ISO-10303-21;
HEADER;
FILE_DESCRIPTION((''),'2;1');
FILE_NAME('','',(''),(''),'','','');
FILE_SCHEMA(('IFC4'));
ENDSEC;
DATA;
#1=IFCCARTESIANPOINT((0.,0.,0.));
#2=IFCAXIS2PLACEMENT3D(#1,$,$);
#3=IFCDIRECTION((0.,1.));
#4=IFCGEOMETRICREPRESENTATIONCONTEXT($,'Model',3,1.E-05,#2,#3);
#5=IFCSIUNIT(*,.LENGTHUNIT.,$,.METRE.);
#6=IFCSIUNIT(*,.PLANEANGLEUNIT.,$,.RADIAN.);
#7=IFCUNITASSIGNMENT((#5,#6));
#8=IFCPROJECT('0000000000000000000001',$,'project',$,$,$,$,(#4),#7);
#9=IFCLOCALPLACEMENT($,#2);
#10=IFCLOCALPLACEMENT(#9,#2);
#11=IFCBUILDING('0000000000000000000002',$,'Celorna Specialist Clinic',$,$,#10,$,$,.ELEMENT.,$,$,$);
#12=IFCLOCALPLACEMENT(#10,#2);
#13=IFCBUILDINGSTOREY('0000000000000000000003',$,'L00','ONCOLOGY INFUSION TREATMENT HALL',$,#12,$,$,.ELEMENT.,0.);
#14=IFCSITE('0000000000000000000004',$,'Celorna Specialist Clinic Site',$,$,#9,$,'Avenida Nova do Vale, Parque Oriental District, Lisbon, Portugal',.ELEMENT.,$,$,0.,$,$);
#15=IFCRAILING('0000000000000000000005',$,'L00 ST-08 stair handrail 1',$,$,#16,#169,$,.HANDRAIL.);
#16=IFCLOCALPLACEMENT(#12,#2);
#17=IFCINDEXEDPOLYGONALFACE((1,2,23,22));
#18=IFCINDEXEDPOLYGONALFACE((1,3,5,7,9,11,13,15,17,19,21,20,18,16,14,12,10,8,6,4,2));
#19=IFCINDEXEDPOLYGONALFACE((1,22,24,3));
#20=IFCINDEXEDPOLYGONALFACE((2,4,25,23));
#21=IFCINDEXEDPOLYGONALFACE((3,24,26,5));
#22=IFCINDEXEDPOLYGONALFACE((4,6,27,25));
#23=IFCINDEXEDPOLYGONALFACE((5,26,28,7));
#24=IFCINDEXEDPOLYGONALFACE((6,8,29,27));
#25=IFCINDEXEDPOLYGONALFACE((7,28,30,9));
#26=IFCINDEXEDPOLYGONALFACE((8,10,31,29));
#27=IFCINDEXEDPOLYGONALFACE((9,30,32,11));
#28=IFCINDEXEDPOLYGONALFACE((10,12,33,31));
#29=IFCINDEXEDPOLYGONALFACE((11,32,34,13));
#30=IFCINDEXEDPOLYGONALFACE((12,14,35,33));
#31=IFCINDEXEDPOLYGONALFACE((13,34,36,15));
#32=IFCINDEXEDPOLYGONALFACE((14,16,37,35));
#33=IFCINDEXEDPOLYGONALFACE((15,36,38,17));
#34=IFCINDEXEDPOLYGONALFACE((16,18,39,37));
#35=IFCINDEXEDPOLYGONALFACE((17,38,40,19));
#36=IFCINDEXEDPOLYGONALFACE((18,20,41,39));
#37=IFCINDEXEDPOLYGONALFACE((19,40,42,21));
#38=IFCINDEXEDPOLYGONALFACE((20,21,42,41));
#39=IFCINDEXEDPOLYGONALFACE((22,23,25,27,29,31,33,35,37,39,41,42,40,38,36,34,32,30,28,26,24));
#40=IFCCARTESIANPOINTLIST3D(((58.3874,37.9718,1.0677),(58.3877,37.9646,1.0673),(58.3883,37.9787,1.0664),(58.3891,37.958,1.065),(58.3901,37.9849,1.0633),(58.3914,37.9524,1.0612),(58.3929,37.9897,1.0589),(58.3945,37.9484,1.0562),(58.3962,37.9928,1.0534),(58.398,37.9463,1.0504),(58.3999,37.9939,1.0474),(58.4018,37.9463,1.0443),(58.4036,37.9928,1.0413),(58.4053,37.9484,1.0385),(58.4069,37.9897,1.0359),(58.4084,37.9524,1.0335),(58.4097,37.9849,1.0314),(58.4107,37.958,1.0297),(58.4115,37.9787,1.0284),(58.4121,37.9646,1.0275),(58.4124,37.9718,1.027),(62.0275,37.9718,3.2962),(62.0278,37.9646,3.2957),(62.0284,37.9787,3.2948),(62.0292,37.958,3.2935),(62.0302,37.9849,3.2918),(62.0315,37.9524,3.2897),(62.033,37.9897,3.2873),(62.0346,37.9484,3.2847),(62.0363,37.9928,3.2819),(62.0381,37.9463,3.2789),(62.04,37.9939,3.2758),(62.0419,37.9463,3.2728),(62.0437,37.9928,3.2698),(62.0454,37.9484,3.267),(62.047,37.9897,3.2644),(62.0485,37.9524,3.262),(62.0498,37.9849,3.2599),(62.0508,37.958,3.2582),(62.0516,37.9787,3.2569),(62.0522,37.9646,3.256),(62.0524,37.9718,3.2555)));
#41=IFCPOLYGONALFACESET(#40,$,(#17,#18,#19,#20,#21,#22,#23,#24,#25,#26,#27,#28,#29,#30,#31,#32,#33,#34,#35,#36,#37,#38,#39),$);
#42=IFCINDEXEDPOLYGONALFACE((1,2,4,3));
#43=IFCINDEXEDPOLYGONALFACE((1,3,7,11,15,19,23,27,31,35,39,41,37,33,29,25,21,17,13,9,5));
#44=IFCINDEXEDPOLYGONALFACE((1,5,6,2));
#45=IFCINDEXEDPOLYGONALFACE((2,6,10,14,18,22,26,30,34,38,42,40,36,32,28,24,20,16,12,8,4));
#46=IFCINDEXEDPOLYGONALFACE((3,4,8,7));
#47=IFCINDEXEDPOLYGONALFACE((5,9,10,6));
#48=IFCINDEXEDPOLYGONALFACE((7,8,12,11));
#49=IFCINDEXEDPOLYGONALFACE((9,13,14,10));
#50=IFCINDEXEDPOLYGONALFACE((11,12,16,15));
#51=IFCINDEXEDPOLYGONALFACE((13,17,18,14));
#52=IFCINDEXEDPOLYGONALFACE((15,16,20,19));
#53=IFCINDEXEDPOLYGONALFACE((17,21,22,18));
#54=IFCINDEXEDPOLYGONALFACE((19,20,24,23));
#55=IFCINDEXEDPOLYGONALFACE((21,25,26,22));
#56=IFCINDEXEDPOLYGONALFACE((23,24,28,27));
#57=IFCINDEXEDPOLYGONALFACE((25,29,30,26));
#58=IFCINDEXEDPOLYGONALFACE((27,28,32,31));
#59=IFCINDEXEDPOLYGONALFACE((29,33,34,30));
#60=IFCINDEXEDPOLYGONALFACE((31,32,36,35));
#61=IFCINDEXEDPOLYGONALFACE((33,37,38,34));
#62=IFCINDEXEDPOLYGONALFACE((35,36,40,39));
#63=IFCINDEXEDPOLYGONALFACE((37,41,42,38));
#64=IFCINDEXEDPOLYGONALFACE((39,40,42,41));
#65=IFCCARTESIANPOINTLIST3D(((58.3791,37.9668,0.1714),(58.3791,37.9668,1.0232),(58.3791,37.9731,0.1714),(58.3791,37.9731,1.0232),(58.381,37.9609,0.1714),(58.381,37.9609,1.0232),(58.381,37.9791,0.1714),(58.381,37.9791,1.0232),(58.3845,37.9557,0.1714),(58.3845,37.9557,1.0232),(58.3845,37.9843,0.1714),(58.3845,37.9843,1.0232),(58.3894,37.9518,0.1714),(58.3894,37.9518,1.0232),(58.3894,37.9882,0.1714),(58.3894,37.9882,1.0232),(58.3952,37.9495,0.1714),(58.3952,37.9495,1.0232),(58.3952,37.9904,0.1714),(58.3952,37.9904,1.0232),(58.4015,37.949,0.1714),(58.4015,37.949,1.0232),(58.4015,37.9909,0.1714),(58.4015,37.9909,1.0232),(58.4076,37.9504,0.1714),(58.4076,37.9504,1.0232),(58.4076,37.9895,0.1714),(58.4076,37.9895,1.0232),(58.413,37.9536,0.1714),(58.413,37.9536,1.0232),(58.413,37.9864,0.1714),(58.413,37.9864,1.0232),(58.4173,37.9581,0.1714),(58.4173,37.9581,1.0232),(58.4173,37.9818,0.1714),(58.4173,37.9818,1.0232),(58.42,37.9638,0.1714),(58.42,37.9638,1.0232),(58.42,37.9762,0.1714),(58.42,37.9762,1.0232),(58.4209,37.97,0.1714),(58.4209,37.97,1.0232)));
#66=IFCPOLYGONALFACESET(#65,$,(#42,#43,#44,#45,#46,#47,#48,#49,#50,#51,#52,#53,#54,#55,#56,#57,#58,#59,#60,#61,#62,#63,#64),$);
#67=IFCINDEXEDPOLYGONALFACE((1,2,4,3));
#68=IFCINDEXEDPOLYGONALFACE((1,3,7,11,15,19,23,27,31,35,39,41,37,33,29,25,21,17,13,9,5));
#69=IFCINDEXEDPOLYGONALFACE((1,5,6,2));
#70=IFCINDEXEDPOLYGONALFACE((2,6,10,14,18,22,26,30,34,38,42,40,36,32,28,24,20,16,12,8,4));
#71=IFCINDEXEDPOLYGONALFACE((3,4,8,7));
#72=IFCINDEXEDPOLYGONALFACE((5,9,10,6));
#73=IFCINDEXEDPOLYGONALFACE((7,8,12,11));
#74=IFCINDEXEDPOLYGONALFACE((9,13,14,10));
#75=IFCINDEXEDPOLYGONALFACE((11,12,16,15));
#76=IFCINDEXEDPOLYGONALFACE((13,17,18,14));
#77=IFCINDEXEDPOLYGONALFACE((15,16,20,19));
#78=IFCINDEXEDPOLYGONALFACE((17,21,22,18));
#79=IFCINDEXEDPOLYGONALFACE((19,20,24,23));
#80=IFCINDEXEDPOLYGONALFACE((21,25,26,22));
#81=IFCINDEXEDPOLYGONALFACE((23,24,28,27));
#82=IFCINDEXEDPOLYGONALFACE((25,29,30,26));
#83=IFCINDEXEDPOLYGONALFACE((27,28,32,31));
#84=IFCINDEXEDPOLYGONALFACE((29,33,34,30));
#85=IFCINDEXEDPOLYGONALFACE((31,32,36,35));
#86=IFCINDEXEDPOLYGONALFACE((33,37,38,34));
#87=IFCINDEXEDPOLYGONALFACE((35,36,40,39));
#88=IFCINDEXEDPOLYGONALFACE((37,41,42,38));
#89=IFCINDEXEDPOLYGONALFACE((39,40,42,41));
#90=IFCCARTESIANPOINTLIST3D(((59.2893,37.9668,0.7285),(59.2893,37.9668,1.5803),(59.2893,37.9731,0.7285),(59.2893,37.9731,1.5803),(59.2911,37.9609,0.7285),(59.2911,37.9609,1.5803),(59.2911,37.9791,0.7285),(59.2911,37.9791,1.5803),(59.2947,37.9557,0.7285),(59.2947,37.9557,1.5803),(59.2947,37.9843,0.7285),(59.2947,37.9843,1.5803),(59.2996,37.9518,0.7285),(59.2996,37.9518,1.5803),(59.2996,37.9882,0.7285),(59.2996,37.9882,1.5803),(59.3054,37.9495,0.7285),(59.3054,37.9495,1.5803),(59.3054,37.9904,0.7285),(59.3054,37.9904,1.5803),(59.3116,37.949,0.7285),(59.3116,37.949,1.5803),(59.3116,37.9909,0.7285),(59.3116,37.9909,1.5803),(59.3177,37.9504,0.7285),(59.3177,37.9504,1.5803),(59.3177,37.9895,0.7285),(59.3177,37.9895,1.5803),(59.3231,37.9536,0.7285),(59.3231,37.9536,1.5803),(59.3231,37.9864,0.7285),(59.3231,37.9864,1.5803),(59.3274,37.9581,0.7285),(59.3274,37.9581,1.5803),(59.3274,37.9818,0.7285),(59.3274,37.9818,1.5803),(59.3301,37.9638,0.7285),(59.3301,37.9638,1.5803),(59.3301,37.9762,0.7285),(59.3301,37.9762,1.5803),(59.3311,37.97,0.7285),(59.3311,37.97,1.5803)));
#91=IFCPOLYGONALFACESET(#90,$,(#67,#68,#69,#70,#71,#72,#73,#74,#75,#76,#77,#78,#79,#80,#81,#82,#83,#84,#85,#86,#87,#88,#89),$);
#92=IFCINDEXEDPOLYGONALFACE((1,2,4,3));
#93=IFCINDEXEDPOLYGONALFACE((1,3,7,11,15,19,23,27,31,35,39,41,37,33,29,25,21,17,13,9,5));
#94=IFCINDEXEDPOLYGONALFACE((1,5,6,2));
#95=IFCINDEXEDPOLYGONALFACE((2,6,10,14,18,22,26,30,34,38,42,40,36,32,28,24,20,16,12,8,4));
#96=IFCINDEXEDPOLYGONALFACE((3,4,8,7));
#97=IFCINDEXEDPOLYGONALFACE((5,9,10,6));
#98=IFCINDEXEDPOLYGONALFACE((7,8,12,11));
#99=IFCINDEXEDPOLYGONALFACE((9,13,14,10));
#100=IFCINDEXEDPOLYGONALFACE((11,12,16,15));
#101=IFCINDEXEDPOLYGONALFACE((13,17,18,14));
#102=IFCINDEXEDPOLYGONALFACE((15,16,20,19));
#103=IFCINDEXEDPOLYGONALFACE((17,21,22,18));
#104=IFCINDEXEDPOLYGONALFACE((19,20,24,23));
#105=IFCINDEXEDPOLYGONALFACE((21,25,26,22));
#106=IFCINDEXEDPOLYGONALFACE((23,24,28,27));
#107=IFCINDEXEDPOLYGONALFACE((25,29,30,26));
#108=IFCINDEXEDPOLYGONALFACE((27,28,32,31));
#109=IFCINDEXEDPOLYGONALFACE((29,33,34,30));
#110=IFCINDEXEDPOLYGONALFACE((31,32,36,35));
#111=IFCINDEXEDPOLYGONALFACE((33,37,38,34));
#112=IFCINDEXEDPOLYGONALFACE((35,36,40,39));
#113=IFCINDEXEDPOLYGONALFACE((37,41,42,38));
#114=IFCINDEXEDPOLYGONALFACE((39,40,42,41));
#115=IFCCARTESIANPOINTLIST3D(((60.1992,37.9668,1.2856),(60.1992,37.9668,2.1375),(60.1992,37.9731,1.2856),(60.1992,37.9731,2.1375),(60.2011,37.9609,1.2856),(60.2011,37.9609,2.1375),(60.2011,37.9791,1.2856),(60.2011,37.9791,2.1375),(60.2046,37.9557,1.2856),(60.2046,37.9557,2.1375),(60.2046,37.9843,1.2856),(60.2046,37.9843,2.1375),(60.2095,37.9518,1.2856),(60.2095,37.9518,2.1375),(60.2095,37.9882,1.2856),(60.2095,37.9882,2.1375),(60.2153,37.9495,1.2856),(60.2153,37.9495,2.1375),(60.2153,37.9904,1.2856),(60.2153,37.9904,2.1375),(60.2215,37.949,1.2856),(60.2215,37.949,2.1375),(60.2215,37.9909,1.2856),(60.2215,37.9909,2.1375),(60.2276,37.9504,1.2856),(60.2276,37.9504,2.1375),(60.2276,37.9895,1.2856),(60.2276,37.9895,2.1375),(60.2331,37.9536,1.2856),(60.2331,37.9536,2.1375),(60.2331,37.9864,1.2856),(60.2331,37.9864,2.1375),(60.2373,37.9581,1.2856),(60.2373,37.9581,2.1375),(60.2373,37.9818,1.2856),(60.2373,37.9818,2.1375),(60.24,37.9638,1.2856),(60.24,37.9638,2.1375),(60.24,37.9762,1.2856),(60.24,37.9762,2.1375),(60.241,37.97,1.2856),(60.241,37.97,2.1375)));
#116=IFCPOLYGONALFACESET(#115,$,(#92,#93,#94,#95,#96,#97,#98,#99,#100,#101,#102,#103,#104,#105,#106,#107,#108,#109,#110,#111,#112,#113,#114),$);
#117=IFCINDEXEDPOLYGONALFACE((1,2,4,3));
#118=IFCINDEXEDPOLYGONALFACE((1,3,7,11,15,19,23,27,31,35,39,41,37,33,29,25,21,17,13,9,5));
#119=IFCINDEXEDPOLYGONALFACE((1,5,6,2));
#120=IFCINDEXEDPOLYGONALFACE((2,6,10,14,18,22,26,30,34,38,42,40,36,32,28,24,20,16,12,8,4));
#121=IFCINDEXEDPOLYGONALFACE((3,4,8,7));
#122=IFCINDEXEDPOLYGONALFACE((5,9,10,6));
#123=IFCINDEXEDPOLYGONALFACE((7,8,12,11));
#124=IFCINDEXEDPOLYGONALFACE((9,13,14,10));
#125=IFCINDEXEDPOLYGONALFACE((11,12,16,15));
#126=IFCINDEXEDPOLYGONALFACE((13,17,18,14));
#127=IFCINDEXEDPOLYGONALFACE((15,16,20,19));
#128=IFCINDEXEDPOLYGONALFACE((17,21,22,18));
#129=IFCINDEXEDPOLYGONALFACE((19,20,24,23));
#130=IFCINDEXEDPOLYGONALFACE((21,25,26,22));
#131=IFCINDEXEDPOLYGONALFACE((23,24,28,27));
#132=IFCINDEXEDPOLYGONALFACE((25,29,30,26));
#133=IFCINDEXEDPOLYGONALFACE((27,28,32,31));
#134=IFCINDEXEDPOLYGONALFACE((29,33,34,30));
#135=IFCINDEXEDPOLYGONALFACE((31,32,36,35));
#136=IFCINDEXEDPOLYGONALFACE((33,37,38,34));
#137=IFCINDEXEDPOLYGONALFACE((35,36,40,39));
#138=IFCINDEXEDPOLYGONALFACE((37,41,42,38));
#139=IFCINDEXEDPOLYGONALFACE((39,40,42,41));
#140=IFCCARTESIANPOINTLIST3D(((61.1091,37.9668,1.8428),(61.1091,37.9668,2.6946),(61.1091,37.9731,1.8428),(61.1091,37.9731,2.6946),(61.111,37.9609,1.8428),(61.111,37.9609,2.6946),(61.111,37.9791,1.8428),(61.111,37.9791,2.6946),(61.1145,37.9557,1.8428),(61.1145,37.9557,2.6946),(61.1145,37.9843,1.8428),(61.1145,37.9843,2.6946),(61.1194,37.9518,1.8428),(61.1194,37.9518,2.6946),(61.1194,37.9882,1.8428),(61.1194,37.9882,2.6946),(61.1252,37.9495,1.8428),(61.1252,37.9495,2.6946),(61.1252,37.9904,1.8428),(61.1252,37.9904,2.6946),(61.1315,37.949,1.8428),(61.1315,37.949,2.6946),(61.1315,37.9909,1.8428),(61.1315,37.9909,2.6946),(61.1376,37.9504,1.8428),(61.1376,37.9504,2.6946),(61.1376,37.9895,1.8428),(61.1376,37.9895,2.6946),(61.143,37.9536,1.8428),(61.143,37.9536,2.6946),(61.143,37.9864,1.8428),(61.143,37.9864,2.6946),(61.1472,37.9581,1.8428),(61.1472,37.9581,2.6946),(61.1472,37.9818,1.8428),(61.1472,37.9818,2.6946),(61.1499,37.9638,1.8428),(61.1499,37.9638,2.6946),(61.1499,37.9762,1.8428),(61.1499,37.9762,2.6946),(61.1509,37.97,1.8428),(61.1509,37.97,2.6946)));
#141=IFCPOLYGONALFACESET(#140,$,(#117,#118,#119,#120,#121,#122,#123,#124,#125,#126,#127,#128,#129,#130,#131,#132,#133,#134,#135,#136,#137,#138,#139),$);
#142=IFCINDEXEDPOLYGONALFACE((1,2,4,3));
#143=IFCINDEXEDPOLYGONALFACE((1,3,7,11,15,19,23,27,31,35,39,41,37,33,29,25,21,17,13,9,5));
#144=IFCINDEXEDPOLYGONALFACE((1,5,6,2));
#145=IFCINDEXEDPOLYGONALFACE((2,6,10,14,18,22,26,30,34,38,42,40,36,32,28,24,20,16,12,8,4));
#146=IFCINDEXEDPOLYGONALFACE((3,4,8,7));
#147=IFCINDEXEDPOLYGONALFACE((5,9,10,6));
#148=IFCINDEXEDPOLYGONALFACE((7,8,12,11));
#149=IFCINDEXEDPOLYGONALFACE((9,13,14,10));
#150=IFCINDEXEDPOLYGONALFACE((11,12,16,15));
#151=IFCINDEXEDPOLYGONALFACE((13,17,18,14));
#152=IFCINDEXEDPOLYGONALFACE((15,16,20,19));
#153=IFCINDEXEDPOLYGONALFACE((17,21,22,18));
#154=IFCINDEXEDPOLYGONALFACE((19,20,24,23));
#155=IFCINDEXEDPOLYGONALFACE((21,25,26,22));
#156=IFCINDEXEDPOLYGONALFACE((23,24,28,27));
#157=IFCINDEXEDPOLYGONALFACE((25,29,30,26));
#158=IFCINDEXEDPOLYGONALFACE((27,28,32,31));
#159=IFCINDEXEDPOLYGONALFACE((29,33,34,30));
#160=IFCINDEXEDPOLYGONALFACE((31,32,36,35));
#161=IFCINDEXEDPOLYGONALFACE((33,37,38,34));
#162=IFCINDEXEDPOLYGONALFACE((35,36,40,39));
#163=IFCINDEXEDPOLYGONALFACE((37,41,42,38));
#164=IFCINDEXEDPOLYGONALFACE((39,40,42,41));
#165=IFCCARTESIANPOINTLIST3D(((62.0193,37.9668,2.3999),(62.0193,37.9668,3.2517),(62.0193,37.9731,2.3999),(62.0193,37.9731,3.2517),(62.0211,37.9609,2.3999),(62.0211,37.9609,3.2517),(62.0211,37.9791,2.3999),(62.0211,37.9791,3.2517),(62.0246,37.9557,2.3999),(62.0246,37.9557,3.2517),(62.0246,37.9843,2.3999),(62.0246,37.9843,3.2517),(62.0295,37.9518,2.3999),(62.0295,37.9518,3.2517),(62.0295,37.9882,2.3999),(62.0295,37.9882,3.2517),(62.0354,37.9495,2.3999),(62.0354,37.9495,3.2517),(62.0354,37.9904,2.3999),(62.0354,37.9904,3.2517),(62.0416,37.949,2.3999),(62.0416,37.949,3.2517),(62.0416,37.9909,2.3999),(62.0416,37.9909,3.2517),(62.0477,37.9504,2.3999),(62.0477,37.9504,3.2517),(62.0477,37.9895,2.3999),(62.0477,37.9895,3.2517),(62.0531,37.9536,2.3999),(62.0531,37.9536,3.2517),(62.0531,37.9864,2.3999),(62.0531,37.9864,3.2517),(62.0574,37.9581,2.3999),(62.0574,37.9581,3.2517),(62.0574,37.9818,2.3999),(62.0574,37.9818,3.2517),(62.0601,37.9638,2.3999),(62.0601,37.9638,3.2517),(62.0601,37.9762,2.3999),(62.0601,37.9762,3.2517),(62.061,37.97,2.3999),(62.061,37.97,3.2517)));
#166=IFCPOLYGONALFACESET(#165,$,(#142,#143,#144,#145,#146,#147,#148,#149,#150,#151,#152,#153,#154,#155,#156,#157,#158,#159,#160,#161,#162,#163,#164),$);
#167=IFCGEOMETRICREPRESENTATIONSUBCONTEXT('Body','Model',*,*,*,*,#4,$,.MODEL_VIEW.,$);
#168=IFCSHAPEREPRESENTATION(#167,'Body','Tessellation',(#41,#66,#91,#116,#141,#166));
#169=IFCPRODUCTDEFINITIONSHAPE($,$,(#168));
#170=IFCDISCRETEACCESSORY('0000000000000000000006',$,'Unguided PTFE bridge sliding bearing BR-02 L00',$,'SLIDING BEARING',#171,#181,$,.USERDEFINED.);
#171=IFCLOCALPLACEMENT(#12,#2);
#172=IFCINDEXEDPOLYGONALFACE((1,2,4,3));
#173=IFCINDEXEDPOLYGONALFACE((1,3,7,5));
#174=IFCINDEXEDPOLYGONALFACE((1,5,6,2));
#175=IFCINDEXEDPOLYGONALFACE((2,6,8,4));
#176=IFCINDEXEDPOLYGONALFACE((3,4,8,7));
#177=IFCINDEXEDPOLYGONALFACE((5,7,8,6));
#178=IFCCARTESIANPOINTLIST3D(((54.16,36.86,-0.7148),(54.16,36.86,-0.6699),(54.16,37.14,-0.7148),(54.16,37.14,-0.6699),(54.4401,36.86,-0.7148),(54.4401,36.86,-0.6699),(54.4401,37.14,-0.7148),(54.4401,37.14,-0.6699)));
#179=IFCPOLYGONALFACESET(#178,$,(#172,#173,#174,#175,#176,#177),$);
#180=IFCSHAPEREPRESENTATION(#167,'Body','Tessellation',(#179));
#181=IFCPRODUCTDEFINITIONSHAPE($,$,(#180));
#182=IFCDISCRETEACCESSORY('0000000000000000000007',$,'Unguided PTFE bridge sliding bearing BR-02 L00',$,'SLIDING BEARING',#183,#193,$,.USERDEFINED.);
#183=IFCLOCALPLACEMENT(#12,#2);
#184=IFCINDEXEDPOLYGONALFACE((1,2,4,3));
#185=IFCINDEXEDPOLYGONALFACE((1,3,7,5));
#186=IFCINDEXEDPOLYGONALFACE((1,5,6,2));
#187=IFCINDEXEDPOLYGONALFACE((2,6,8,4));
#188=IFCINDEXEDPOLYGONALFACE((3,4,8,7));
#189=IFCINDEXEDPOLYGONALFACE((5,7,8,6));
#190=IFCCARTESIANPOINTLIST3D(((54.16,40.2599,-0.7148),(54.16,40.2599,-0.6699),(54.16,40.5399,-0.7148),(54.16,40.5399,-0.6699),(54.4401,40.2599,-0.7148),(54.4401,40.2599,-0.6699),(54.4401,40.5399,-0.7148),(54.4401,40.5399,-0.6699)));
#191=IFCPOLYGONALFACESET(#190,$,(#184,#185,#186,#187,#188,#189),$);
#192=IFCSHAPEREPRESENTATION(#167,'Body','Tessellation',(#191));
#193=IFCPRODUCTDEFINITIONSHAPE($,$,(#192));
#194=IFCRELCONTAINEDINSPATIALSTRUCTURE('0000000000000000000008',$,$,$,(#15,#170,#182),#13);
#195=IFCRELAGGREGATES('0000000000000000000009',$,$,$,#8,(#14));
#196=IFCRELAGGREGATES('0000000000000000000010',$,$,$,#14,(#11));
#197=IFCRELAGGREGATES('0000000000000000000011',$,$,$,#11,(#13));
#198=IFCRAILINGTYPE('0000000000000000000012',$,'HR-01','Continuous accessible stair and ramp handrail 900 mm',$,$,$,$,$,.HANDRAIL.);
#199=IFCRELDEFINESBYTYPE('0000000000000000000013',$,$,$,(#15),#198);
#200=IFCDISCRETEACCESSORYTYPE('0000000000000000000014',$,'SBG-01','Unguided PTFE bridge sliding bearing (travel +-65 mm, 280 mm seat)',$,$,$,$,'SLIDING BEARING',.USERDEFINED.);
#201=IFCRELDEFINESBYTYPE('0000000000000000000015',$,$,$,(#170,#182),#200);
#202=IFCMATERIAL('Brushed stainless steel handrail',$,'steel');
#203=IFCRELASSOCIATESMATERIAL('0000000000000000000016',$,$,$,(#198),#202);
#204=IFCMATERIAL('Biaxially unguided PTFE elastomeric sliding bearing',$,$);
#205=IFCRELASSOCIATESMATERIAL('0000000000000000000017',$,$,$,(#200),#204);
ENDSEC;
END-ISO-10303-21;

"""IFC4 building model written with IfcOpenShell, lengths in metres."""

from ifc_helpers import new_model, si_unit, direction, frame, origin, origin_2d, place, context, subcontext, project, spatial, rectangle, circle, extrude, material, type_object, element, save


model = new_model("IFC4")

# Units and contexts
model_context = context("Model", 3, precision=1e-05, world=origin(), true_north=direction((0.0, 1.0)))
body_context = subcontext(model_context, "Body", "Model", "MODEL_VIEW")
ifc_project = project(units=[si_unit("LENGTHUNIT", "METRE"), si_unit("PLANEANGLEUNIT", "RADIAN")], contexts=[model_context])

# Site, building, storey
site_placement = place(None, origin())
site = spatial("IfcSite", under=ifc_project, at=site_placement, Name="Celorna Specialist Clinic Site", LongName="Avenida Nova do Vale, Parque Oriental District, Lisbon, Portugal", CompositionType="ELEMENT", RefElevation=0.0)
building_placement = place(site_placement, origin())
building = spatial("IfcBuilding", under=site, at=building_placement, Name="Celorna Specialist Clinic", CompositionType="ELEMENT")
storey_placement = place(building_placement, origin())
storey = spatial("IfcBuildingStorey", under=building, at=storey_placement, Name="L00", Description="ONCOLOGY INFUSION TREATMENT HALL", CompositionType="ELEMENT", Elevation=0.0)

# Railing
ifc_material_1 = material(Name="Brushed stainless steel handrail", Category="steel")
railing_type_1 = type_object("IfcRailingType", Name="HR-01", Description="Continuous accessible stair and ramp handrail 900 mm", PredefinedType="HANDRAIL", material=ifc_material_1)
railing_1_placement = place(storey_placement, frame((58.3999, 37.97, 0.1714)))
element("IfcRailing", 1, at=railing_1_placement, inside=storey, type_object=railing_type_1, Name="L00 ST-08 stair handrail 1", PredefinedType="HANDRAIL", context=body_context, shape_type="SweptSolid", body=[
    extrude(circle(Radius=0.0239, at=origin_2d()), frame((0.0, 0.0, 0.876), z_axis=(0.852866, 0.0, 0.52213), x_axis=(0.0, 1.0, 0.0)), (0.0, 0.0, 1.0), 4.2681),
    extrude(circle(Radius=0.021, at=origin_2d()), origin(), (0.0, 0.0, 1.0), 0.8518),
    extrude(circle(Radius=0.021, at=origin_2d()), frame((0.9102, 0.0, 0.5571)), (0.0, 0.0, 1.0), 0.8518),
    extrude(circle(Radius=0.021, at=origin_2d()), frame((1.8201, 0.0, 1.1143)), (0.0, 0.0, 1.0), 0.8518),
    extrude(circle(Radius=0.021, at=origin_2d()), frame((2.73, 0.0, 1.6714)), (0.0, 0.0, 1.0), 0.8518),
    extrude(circle(Radius=0.021, at=origin_2d()), frame((3.6401, 0.0, 2.2285)), (0.0, 0.0, 1.0), 0.8518),
])

# Discrete accessories
ifc_material_2 = material(Name="Biaxially unguided PTFE elastomeric sliding bearing")
discrete_accessory_type = type_object("IfcDiscreteAccessoryType", Name="SBG-01", Description="Unguided PTFE bridge sliding bearing (travel +-65 mm, 280 mm seat)", ElementType="SLIDING BEARING", PredefinedType="USERDEFINED", material=ifc_material_2)
for number, where, z_axis, x_axis, name in (
    (2, (54.3, 37.0, -0.7148), (0.0, 0.0, 1.0), (1.0, 0.0, 0.0), "Unguided PTFE bridge sliding bearing BR-02 L00"),
    (3, (54.3, 40.3999, -0.7148), (0.0, 0.0, 1.0), (1.0, 0.0, 0.0), "Unguided PTFE bridge sliding bearing BR-02 L00"),
):
    element("IfcDiscreteAccessory", number, at=place(storey_placement, frame(where, z_axis=z_axis, x_axis=x_axis)), inside=storey, type_object=discrete_accessory_type, Name=name, ObjectType="SLIDING BEARING", PredefinedType="USERDEFINED", context=body_context, shape_type="SweptSolid", body=[
        extrude(rectangle(XDim=0.28, YDim=0.28, at=origin_2d()), origin(), (0.0, 0.0, 1.0), 0.0449),
    ])

save(model, "model.ifc")
